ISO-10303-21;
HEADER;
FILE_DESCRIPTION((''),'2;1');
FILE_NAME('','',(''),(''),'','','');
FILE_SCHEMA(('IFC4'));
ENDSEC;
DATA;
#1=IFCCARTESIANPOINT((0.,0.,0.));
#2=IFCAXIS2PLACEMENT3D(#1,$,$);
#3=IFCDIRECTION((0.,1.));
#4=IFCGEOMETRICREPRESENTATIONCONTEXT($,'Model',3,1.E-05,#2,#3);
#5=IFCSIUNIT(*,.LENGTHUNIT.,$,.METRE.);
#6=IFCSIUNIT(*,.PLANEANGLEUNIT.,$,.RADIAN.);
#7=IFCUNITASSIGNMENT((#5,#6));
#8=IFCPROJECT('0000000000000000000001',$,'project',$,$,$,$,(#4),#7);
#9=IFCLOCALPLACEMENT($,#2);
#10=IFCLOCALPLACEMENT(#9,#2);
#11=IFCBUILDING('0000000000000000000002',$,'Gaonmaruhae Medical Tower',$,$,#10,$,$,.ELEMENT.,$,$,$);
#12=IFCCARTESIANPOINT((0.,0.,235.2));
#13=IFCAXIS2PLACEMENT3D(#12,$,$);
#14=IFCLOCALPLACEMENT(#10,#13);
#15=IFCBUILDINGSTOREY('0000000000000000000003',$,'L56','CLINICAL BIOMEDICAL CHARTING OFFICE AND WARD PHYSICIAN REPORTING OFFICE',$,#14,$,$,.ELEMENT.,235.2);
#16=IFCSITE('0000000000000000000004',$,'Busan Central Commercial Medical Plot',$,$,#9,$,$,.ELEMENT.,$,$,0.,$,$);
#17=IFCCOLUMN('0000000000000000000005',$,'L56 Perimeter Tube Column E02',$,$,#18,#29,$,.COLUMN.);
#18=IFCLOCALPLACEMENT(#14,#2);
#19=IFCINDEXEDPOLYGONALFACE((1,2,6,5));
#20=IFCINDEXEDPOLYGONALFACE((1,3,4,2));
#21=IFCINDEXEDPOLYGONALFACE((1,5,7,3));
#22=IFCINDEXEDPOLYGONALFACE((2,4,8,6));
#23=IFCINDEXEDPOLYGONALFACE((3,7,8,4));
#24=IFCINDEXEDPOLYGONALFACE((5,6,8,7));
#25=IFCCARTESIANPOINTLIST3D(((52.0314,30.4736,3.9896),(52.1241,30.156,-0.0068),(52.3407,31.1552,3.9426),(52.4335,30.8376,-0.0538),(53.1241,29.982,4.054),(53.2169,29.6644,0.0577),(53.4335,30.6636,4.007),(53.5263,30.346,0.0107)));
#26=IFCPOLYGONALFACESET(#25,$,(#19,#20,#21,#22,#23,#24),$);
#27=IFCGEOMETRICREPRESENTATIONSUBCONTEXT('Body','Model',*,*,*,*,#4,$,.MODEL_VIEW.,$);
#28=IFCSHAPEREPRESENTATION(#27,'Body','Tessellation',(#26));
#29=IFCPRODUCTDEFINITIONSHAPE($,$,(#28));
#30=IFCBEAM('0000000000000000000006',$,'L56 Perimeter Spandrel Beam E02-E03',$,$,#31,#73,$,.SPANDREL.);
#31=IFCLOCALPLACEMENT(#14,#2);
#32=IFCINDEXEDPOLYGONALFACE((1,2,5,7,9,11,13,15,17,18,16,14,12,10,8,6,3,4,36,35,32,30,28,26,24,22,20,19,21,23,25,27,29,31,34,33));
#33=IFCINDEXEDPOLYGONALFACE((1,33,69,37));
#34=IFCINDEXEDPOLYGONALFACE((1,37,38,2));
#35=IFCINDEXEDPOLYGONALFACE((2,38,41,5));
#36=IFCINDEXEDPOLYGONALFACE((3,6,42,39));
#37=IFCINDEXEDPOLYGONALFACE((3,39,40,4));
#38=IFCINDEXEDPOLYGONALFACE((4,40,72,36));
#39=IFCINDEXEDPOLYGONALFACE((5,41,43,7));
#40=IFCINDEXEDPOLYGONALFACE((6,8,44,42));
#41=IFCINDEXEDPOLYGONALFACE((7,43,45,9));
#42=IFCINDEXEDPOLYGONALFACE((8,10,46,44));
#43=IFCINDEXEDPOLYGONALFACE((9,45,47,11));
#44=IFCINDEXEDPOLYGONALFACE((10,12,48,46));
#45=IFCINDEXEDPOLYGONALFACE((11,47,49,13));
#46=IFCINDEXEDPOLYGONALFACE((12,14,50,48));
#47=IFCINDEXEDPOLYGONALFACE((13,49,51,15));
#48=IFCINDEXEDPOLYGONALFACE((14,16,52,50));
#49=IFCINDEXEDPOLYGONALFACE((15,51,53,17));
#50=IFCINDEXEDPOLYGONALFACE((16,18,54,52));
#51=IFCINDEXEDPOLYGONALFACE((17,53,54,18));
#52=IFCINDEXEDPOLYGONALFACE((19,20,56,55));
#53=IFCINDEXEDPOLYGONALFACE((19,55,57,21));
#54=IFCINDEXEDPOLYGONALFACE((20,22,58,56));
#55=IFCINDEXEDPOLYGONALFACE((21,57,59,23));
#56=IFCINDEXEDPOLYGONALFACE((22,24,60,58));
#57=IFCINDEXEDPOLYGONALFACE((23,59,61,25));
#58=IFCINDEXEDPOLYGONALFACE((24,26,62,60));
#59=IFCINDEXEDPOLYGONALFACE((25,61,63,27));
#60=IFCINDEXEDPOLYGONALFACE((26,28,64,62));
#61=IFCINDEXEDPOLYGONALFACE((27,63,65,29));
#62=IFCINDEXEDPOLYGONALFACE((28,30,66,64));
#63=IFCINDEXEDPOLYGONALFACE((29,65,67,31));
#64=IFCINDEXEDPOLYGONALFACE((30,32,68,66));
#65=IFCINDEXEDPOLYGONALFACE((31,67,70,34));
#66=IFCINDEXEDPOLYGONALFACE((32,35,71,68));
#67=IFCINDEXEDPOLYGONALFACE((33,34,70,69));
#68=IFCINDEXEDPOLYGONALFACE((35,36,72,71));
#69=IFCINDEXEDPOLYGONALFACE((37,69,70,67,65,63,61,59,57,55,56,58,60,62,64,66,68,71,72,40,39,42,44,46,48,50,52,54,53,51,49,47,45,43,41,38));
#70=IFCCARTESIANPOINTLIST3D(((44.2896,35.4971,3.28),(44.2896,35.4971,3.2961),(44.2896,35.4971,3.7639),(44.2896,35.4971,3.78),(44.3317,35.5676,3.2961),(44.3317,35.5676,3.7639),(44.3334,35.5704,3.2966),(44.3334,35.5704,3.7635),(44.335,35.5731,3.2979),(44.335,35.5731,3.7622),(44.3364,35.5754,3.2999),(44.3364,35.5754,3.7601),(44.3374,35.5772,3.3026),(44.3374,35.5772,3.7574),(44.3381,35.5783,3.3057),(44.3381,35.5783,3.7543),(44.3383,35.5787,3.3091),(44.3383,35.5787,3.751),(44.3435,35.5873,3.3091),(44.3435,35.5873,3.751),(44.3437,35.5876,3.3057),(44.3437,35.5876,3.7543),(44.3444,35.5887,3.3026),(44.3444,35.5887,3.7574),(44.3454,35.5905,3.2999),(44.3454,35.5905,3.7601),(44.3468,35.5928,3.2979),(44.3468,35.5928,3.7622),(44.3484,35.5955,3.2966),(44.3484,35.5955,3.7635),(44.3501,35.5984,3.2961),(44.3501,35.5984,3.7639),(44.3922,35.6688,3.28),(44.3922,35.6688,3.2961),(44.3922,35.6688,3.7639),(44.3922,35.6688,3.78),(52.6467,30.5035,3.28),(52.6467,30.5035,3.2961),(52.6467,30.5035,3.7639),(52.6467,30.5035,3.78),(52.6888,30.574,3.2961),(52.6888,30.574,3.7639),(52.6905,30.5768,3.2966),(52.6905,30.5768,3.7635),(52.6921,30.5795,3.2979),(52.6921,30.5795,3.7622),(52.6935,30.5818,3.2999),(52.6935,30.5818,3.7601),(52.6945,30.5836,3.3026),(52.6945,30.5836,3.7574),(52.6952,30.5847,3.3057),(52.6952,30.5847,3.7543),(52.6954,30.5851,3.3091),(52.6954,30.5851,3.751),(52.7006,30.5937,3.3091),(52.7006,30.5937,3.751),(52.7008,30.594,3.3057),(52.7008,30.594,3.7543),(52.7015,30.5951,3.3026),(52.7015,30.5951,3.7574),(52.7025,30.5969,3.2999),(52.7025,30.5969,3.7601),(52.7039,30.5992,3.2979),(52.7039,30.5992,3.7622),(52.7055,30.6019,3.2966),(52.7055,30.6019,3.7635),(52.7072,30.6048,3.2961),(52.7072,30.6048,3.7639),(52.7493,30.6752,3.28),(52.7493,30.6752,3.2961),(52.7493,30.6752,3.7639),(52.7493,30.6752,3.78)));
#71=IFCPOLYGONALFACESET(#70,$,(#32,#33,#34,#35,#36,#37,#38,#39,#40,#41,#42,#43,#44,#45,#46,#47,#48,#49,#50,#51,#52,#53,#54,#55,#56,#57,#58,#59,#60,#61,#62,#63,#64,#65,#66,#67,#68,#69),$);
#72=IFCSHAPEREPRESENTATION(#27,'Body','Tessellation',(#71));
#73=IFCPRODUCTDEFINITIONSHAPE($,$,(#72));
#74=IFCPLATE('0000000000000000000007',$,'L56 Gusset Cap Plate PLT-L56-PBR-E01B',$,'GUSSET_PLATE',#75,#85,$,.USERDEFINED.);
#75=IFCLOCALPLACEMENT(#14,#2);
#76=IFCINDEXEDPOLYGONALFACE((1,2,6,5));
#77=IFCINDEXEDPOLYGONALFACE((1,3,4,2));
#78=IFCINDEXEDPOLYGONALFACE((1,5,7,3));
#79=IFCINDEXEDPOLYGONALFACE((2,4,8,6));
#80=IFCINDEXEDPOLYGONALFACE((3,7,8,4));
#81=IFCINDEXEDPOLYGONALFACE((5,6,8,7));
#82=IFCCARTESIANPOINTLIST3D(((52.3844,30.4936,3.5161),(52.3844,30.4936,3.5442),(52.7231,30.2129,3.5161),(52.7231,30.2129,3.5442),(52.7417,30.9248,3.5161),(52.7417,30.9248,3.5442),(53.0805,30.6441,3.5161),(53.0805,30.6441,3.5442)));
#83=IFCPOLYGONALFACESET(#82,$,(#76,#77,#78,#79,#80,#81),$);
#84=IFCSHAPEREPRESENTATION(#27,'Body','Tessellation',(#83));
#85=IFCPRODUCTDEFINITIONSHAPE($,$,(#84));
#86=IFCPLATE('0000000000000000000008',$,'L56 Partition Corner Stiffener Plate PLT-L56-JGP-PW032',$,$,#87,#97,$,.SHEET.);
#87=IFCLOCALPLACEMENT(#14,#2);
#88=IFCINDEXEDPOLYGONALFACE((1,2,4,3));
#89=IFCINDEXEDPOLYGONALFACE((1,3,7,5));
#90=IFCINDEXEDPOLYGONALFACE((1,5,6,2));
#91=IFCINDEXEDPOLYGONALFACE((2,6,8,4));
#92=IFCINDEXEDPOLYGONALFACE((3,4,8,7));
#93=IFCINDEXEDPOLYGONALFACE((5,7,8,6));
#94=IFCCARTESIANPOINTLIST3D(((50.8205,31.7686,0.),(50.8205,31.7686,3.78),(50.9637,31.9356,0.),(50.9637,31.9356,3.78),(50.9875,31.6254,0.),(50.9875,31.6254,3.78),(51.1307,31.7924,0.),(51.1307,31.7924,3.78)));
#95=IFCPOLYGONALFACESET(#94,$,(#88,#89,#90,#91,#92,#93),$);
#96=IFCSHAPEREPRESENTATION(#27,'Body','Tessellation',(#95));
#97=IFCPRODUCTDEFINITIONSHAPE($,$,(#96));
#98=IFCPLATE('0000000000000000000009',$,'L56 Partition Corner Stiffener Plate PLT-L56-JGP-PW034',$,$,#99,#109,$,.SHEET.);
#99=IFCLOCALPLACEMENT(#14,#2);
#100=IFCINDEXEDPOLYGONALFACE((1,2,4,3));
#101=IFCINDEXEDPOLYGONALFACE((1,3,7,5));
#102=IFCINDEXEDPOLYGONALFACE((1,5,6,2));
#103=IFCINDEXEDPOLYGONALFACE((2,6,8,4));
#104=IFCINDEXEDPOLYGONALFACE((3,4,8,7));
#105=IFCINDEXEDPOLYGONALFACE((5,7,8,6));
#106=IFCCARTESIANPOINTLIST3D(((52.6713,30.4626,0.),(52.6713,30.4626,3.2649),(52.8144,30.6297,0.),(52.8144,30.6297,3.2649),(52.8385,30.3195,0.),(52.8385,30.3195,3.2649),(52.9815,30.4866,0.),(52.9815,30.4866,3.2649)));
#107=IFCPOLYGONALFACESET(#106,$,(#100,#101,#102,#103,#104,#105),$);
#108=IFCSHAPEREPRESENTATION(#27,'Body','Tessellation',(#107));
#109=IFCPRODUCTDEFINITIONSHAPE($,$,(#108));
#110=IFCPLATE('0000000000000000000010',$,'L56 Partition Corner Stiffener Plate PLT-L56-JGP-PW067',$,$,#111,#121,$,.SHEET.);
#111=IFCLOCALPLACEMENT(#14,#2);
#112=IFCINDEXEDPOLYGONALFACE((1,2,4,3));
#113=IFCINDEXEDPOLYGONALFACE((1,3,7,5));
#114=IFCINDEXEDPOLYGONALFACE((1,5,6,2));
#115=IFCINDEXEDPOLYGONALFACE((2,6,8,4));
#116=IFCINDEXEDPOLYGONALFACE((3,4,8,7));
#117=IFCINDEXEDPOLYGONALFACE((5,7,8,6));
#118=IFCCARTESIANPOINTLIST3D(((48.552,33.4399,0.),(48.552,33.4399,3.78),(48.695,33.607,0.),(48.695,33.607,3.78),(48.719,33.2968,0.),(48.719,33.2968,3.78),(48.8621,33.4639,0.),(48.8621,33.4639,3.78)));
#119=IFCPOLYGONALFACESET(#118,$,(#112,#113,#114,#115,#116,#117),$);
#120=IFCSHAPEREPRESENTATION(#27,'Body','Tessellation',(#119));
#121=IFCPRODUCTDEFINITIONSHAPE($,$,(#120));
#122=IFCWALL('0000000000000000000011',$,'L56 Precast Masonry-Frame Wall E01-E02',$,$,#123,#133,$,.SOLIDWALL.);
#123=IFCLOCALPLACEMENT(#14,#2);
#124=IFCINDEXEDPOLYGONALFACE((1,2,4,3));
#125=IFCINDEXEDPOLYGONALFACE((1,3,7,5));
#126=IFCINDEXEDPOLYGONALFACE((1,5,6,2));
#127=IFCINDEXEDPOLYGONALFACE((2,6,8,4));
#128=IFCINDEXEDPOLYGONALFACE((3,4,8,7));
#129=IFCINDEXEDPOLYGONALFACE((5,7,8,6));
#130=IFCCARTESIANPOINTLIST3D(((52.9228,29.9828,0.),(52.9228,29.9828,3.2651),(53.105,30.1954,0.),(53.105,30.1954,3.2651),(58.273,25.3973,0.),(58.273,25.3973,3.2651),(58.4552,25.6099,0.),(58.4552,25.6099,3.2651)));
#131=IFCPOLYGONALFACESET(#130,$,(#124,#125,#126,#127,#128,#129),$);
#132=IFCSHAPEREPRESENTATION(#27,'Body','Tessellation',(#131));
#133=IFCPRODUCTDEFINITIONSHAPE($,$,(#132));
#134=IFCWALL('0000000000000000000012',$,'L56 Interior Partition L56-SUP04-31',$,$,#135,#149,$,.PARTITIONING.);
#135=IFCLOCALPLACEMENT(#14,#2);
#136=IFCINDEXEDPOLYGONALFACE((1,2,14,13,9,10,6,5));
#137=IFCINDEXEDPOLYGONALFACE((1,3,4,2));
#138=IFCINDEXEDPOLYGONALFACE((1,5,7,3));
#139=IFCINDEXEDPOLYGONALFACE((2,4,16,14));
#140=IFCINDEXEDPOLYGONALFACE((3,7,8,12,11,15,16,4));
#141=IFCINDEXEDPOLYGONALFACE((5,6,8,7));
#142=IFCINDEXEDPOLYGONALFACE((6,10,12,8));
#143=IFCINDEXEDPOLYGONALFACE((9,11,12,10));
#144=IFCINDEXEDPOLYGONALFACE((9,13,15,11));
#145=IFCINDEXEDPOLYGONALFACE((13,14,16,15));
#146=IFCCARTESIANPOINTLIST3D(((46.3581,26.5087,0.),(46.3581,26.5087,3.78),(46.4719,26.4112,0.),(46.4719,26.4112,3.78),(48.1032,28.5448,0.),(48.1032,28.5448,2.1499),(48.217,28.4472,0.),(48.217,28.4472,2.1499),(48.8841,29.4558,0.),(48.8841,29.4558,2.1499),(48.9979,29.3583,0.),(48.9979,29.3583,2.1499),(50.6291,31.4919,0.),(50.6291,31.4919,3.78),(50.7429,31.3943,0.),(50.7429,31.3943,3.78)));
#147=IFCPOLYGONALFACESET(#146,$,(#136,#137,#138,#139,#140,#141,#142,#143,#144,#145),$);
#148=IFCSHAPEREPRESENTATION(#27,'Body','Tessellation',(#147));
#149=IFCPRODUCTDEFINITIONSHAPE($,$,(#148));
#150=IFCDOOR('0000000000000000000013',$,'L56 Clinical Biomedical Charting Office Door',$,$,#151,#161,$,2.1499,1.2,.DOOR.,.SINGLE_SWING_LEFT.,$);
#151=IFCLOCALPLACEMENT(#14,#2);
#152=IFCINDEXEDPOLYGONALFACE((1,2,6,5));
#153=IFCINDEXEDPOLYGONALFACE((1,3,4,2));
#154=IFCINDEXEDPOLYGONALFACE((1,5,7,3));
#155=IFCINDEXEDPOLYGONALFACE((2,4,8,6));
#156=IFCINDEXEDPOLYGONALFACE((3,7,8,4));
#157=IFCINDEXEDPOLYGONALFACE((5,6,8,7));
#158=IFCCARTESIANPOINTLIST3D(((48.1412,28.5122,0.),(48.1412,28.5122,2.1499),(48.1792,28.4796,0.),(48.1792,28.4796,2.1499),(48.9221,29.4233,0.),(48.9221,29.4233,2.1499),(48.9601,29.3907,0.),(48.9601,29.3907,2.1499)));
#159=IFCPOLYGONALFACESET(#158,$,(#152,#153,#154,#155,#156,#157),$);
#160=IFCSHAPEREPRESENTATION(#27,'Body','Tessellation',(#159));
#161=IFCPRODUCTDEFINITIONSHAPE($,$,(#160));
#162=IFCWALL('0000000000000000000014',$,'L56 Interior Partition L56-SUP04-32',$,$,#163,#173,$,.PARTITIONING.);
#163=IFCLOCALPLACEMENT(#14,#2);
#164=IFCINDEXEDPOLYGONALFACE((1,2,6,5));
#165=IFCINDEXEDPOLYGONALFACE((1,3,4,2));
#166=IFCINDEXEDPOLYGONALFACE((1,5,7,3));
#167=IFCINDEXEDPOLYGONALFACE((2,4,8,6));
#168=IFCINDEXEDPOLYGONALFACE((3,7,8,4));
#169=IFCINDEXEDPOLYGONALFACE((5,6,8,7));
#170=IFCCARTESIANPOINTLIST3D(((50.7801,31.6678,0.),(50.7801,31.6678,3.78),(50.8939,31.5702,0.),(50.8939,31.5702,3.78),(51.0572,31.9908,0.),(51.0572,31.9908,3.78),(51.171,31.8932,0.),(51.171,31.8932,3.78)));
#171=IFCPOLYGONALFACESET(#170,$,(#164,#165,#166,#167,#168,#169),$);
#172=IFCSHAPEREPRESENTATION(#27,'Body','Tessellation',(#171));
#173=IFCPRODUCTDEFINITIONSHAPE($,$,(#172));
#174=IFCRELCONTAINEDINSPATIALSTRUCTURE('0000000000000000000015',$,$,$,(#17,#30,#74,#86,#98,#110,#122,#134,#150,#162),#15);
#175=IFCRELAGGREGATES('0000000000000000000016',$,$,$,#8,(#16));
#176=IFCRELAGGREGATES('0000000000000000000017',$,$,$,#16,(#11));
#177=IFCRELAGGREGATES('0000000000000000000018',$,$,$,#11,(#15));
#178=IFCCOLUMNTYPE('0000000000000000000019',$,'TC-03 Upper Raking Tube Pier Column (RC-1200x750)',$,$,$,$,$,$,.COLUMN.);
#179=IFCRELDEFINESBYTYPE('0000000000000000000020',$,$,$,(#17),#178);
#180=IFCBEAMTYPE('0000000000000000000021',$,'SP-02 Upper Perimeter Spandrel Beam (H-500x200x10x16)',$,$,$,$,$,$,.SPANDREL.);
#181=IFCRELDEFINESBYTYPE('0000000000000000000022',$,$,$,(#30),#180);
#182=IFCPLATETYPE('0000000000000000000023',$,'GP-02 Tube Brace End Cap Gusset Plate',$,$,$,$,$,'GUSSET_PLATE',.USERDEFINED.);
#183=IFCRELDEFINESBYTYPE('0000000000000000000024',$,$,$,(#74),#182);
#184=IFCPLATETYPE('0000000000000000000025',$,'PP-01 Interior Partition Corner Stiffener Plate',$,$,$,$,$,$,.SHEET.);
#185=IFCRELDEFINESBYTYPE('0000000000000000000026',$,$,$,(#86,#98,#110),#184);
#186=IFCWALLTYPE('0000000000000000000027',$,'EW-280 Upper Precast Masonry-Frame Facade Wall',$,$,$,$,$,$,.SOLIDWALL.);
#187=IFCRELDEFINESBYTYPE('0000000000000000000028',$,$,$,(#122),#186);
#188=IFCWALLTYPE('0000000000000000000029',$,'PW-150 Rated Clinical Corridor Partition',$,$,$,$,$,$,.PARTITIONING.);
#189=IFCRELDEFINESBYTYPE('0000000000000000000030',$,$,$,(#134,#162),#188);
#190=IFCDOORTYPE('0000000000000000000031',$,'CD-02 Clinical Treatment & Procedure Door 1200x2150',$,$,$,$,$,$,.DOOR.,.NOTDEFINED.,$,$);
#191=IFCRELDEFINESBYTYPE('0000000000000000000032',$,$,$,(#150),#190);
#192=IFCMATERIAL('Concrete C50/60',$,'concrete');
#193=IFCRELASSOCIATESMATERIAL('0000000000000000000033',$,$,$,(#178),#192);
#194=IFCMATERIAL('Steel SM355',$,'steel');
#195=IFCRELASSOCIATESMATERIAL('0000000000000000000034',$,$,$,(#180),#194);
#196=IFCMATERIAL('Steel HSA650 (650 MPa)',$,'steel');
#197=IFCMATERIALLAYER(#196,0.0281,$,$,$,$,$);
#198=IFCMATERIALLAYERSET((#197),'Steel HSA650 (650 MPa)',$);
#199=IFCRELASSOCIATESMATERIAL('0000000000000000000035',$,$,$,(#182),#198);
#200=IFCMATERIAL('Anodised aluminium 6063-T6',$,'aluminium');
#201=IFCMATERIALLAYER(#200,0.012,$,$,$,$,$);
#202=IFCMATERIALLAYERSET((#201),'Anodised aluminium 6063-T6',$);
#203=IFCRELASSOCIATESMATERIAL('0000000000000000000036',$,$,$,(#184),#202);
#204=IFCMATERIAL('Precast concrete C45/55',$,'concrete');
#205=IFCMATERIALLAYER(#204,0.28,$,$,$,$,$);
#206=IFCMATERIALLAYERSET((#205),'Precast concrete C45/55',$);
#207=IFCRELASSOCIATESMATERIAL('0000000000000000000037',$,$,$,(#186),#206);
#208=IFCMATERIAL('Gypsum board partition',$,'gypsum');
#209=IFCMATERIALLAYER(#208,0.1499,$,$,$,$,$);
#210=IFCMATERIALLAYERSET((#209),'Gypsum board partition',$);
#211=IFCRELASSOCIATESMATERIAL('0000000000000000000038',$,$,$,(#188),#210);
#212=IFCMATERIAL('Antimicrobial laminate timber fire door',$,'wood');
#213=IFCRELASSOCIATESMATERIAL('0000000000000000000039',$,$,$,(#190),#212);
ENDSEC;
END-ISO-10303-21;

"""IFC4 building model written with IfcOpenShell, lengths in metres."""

from ifc_helpers import new_model, si_unit, direction, frame, frame_2d, origin, origin_2d, place, context, subcontext, project, spatial, rectangle, i_section, extrude, material, layer, layer_set, material_profile, profile_set, type_object, element, fill, save


model = new_model("IFC4")

# Units and contexts
model_context = context("Model", 3, precision=1e-05, world=origin(), true_north=direction((0.0, 1.0)))
body_context = subcontext(model_context, "Body", "Model", "MODEL_VIEW")
ifc_project = project(units=[si_unit("LENGTHUNIT", "METRE"), si_unit("PLANEANGLEUNIT", "RADIAN")], contexts=[model_context])

# Site, building, storey
site_placement = place(None, origin())
site = spatial("IfcSite", under=ifc_project, at=site_placement, Name="Busan Central Commercial Medical Plot", CompositionType="ELEMENT", RefElevation=0.0)
building_placement = place(site_placement, origin())
building = spatial("IfcBuilding", under=site, at=building_placement, Name="Gaonmaruhae Medical Tower", CompositionType="ELEMENT")
storey_placement = place(building_placement, frame((0.0, 0.0, 235.2)))
storey = spatial("IfcBuildingStorey", under=building, at=storey_placement, Name="L56", Description="CLINICAL BIOMEDICAL CHARTING OFFICE AND WARD PHYSICIAN REPORTING OFFICE", CompositionType="ELEMENT", Elevation=235.2)

# Column
ifc_material_1 = material(Name="Concrete C50/60", Category="concrete")
ifc_material_profile_1 = material_profile(ifc_material_1, rectangle(XDim=1.2, YDim=0.75, at=origin_2d()), Name="RC-1200x750")
ifc_profile_set_1 = profile_set([ifc_material_profile_1], Name="Concrete C50/60")
column_type = type_object("IfcColumnType", Name="TC-03 Upper Raking Tube Pier Column (RC-1200x750)", PredefinedType="COLUMN", material=ifc_profile_set_1)
column_placement = place(storey_placement, frame((52.8252, 30.251, 0.002), z_axis=(-0.023135, 0.079208, 0.99659), x_axis=(0.910653, -0.409667, 0.053701)))
element("IfcColumn", 1, at=column_placement, inside=storey, type_object=column_type, Name="L56 Perimeter Tube Column E02", PredefinedType="COLUMN", context=body_context, shape_type="SweptSolid", body=[
    extrude(rectangle(XDim=1.2, YDim=0.75, at=origin_2d()), origin(), (0.0, 0.0, 1.0), 4.01),
])

# Beam
ifc_material_2 = material(Name="Steel SM355", Category="steel")
ifc_material_profile_2 = material_profile(ifc_material_2, i_section(OverallWidth=0.2, OverallDepth=0.5, WebThickness=0.01, FlangeThickness=0.0161, FilletRadius=0.0129, at=origin_2d()), Name="H-500x200x10x16")
ifc_profile_set_2 = profile_set([ifc_material_profile_2], Name="Steel SM355")
beam_type = type_object("IfcBeamType", Name="SP-02 Upper Perimeter Spandrel Beam (H-500x200x10x16)", PredefinedType="SPANDREL", material=ifc_profile_set_2)
beam_placement = place(storey_placement, frame((52.698, 30.5894, 3.53), z_axis=(-0.858427, 0.512935, 0.0), x_axis=(-0.512935, -0.858427, 0.0)))
element("IfcBeam", 2, at=beam_placement, inside=storey, type_object=beam_type, Name="L56 Perimeter Spandrel Beam E02-E03", PredefinedType="SPANDREL", context=body_context, shape_type="SweptSolid", body=[
    extrude(i_section(OverallWidth=0.2, OverallDepth=0.5, WebThickness=0.01, FlangeThickness=0.0161, FilletRadius=0.0129, at=origin_2d()), origin(), (0.0, 0.0, 1.0), 9.7354),
])

# Plates
ifc_material_3 = material(Name="Steel HSA650 (650 MPa)", Category="steel")
ifc_layer_1 = layer(ifc_material_3, 0.0281)
ifc_layer_set_1 = layer_set([ifc_layer_1], Name="Steel HSA650 (650 MPa)")
plate_type_1 = type_object("IfcPlateType", Name="GP-02 Tube Brace End Cap Gusset Plate", ElementType="GUSSET_PLATE", PredefinedType="USERDEFINED", material=ifc_layer_set_1)
plate_1_placement = place(storey_placement, frame((52.7324, 30.5688, 3.5161), z_axis=(0.0, 0.0, 1.0), x_axis=(0.638096, 0.769957, 0.0)))
element("IfcPlate", 3, at=plate_1_placement, inside=storey, type_object=plate_type_1, Name="L56 Gusset Cap Plate PLT-L56-PBR-E01B", ObjectType="GUSSET_PLATE", PredefinedType="USERDEFINED", context=body_context, shape_type="SweptSolid", body=[
    extrude(rectangle(XDim=0.5601, YDim=0.4399, at=origin_2d()), origin(), (0.0, 0.0, 1.0), 0.0281),
])
ifc_material_4 = material(Name="Anodised aluminium 6063-T6", Category="aluminium")
ifc_layer_2 = layer(ifc_material_4, 0.012)
ifc_layer_set_2 = layer_set([ifc_layer_2], Name="Anodised aluminium 6063-T6")
plate_type_2 = type_object("IfcPlateType", Name="PP-01 Interior Partition Corner Stiffener Plate", PredefinedType="SHEET", material=ifc_layer_set_2)
plate_2_placement = place(storey_placement, frame((50.9756, 31.7805, 0.0), z_axis=(0.0, 0.0, 1.0), x_axis=(0.650986, 0.75909, 0.0)))
element("IfcPlate", 4, at=plate_2_placement, inside=storey, type_object=plate_type_2, Name="L56 Partition Corner Stiffener Plate PLT-L56-JGP-PW032", PredefinedType="SHEET", context=body_context, shape_type="SweptSolid", body=[
    extrude(rectangle(XDim=0.22, YDim=0.22, at=origin_2d()), origin(), (0.0, 0.0, 1.0), 3.78),
])
plate_3_placement = place(storey_placement, frame((52.8264, 30.4746, 0.0), z_axis=(0.0, 0.0, 1.0), x_axis=(0.759703, -0.650271, 0.0)))
element("IfcPlate", 5, at=plate_3_placement, inside=storey, type_object=plate_type_2, Name="L56 Partition Corner Stiffener Plate PLT-L56-JGP-PW034", PredefinedType="SHEET", context=body_context, shape_type="SweptSolid", body=[
    extrude(rectangle(XDim=0.22, YDim=0.22, at=origin_2d()), origin(), (0.0, 0.0, 1.0), 3.2649),
])
plate_4_placement = place(storey_placement, frame((48.707, 33.4519, 0.0), z_axis=(0.0, 0.0, 1.0), x_axis=(-0.650416, -0.759578, 0.0)))
element("IfcPlate", 6, at=plate_4_placement, inside=storey, type_object=plate_type_2, Name="L56 Partition Corner Stiffener Plate PLT-L56-JGP-PW067", PredefinedType="SHEET", context=body_context, shape_type="SweptSolid", body=[
    extrude(rectangle(XDim=0.22, YDim=0.22, at=origin_2d()), origin(), (0.0, 0.0, 1.0), 3.78),
])

# Wall
ifc_material_5 = material(Name="Precast concrete C45/55", Category="concrete")
ifc_layer_3 = layer(ifc_material_5, 0.28)
ifc_layer_set_3 = layer_set([ifc_layer_3], Name="Precast concrete C45/55")
wall_type_1 = type_object("IfcWallType", Name="EW-280 Upper Precast Masonry-Frame Facade Wall", PredefinedType="SOLIDWALL", material=ifc_layer_set_3)
wall_1_placement = place(storey_placement, frame((53.0139, 30.0891, 0.0), z_axis=(0.0, 0.0, 1.0), x_axis=(0.759281, -0.650763, 0.0)))
element("IfcWall", 7, at=wall_1_placement, inside=storey, type_object=wall_type_1, Name="L56 Precast Masonry-Frame Wall E01-E02", PredefinedType="SOLIDWALL", context=body_context, shape_type="SweptSolid", body=[
    extrude(rectangle(XDim=7.0464, YDim=0.28, at=frame_2d((3.5232, 0.0))), origin(), (0.0, 0.0, 1.0), 3.2651),
])

# Wall, opening, door
ifc_material_6 = material(Name="Gypsum board partition", Category="gypsum")
ifc_layer_4 = layer(ifc_material_6, 0.1499)
ifc_layer_set_4 = layer_set([ifc_layer_4], Name="Gypsum board partition")
wall_type_2 = type_object("IfcWallType", Name="PW-150 Rated Clinical Corridor Partition", PredefinedType="PARTITIONING", material=ifc_layer_set_4)
wall_2_placement = place(storey_placement, frame((46.415, 26.46, 0.0), z_axis=(0.0, 0.0, 1.0), x_axis=(0.650767, 0.759278, 0.0)))
wall_2 = element("IfcWall", 8, at=wall_2_placement, inside=storey, type_object=wall_type_2, Name="L56 Interior Partition L56-SUP04-31", PredefinedType="PARTITIONING", context=body_context, shape_type="SweptSolid", body=[
    extrude(rectangle(XDim=6.563, YDim=0.1499, at=frame_2d((3.2815, 0.0))), origin(), (0.0, 0.0, 1.0), 3.78),
])
opening_1_placement = place(wall_2_placement, frame((2.6814, 0.0, 0.0)))
opening_1 = element("IfcOpeningElement", 9, at=opening_1_placement, cuts=wall_2, PredefinedType="OPENING", context=body_context, shape_type="SweptSolid", body=[
    extrude(rectangle(XDim=1.2, YDim=2.1499, at=frame_2d((0.6001, 1.075))), frame((0.0, 0.085, 0.0), z_axis=(0.0, -1.0, 0.0), x_axis=(1.0, 0.0, 0.0)), (0.0, 0.0, 1.0), 0.1699),
])
ifc_material_7 = material(Name="Antimicrobial laminate timber fire door", Category="wood")
door_type = type_object("IfcDoorType", Name="CD-02 Clinical Treatment & Procedure Door 1200x2150", OperationType="NOTDEFINED", PredefinedType="DOOR", material=ifc_material_7)
door_1_placement = place(opening_1_placement, origin())
door_1 = element("IfcDoor", 10, at=door_1_placement, inside=storey, type_object=door_type, Name="L56 Clinical Biomedical Charting Office Door", OperationType="SINGLE_SWING_LEFT", OverallHeight=2.1499, OverallWidth=1.2, PredefinedType="DOOR", context=body_context, shape_type="SweptSolid", body=[
    extrude(rectangle(XDim=1.2, YDim=2.1499, at=frame_2d((0.6001, 1.075))), frame((0.0, 0.0249, 0.0), z_axis=(0.0, -1.0, 0.0), x_axis=(1.0, 0.0, 0.0)), (0.0, 0.0, 1.0), 0.05),
])
fill(opening_1, door_1)

# Wall
wall_3_placement = place(storey_placement, frame((50.8369, 31.6189, 0.0), z_axis=(0.0, 0.0, 1.0), x_axis=(0.651122, 0.758973, 0.0)))
element("IfcWall", 11, at=wall_3_placement, inside=storey, type_object=wall_type_2, Name="L56 Interior Partition L56-SUP04-32", PredefinedType="PARTITIONING", context=body_context, shape_type="SweptSolid", body=[
    extrude(rectangle(XDim=0.4255, YDim=0.1499, at=frame_2d((0.2129, 0.0))), origin(), (0.0, 0.0, 1.0), 3.78),
])

save(model, "model.ifc")
